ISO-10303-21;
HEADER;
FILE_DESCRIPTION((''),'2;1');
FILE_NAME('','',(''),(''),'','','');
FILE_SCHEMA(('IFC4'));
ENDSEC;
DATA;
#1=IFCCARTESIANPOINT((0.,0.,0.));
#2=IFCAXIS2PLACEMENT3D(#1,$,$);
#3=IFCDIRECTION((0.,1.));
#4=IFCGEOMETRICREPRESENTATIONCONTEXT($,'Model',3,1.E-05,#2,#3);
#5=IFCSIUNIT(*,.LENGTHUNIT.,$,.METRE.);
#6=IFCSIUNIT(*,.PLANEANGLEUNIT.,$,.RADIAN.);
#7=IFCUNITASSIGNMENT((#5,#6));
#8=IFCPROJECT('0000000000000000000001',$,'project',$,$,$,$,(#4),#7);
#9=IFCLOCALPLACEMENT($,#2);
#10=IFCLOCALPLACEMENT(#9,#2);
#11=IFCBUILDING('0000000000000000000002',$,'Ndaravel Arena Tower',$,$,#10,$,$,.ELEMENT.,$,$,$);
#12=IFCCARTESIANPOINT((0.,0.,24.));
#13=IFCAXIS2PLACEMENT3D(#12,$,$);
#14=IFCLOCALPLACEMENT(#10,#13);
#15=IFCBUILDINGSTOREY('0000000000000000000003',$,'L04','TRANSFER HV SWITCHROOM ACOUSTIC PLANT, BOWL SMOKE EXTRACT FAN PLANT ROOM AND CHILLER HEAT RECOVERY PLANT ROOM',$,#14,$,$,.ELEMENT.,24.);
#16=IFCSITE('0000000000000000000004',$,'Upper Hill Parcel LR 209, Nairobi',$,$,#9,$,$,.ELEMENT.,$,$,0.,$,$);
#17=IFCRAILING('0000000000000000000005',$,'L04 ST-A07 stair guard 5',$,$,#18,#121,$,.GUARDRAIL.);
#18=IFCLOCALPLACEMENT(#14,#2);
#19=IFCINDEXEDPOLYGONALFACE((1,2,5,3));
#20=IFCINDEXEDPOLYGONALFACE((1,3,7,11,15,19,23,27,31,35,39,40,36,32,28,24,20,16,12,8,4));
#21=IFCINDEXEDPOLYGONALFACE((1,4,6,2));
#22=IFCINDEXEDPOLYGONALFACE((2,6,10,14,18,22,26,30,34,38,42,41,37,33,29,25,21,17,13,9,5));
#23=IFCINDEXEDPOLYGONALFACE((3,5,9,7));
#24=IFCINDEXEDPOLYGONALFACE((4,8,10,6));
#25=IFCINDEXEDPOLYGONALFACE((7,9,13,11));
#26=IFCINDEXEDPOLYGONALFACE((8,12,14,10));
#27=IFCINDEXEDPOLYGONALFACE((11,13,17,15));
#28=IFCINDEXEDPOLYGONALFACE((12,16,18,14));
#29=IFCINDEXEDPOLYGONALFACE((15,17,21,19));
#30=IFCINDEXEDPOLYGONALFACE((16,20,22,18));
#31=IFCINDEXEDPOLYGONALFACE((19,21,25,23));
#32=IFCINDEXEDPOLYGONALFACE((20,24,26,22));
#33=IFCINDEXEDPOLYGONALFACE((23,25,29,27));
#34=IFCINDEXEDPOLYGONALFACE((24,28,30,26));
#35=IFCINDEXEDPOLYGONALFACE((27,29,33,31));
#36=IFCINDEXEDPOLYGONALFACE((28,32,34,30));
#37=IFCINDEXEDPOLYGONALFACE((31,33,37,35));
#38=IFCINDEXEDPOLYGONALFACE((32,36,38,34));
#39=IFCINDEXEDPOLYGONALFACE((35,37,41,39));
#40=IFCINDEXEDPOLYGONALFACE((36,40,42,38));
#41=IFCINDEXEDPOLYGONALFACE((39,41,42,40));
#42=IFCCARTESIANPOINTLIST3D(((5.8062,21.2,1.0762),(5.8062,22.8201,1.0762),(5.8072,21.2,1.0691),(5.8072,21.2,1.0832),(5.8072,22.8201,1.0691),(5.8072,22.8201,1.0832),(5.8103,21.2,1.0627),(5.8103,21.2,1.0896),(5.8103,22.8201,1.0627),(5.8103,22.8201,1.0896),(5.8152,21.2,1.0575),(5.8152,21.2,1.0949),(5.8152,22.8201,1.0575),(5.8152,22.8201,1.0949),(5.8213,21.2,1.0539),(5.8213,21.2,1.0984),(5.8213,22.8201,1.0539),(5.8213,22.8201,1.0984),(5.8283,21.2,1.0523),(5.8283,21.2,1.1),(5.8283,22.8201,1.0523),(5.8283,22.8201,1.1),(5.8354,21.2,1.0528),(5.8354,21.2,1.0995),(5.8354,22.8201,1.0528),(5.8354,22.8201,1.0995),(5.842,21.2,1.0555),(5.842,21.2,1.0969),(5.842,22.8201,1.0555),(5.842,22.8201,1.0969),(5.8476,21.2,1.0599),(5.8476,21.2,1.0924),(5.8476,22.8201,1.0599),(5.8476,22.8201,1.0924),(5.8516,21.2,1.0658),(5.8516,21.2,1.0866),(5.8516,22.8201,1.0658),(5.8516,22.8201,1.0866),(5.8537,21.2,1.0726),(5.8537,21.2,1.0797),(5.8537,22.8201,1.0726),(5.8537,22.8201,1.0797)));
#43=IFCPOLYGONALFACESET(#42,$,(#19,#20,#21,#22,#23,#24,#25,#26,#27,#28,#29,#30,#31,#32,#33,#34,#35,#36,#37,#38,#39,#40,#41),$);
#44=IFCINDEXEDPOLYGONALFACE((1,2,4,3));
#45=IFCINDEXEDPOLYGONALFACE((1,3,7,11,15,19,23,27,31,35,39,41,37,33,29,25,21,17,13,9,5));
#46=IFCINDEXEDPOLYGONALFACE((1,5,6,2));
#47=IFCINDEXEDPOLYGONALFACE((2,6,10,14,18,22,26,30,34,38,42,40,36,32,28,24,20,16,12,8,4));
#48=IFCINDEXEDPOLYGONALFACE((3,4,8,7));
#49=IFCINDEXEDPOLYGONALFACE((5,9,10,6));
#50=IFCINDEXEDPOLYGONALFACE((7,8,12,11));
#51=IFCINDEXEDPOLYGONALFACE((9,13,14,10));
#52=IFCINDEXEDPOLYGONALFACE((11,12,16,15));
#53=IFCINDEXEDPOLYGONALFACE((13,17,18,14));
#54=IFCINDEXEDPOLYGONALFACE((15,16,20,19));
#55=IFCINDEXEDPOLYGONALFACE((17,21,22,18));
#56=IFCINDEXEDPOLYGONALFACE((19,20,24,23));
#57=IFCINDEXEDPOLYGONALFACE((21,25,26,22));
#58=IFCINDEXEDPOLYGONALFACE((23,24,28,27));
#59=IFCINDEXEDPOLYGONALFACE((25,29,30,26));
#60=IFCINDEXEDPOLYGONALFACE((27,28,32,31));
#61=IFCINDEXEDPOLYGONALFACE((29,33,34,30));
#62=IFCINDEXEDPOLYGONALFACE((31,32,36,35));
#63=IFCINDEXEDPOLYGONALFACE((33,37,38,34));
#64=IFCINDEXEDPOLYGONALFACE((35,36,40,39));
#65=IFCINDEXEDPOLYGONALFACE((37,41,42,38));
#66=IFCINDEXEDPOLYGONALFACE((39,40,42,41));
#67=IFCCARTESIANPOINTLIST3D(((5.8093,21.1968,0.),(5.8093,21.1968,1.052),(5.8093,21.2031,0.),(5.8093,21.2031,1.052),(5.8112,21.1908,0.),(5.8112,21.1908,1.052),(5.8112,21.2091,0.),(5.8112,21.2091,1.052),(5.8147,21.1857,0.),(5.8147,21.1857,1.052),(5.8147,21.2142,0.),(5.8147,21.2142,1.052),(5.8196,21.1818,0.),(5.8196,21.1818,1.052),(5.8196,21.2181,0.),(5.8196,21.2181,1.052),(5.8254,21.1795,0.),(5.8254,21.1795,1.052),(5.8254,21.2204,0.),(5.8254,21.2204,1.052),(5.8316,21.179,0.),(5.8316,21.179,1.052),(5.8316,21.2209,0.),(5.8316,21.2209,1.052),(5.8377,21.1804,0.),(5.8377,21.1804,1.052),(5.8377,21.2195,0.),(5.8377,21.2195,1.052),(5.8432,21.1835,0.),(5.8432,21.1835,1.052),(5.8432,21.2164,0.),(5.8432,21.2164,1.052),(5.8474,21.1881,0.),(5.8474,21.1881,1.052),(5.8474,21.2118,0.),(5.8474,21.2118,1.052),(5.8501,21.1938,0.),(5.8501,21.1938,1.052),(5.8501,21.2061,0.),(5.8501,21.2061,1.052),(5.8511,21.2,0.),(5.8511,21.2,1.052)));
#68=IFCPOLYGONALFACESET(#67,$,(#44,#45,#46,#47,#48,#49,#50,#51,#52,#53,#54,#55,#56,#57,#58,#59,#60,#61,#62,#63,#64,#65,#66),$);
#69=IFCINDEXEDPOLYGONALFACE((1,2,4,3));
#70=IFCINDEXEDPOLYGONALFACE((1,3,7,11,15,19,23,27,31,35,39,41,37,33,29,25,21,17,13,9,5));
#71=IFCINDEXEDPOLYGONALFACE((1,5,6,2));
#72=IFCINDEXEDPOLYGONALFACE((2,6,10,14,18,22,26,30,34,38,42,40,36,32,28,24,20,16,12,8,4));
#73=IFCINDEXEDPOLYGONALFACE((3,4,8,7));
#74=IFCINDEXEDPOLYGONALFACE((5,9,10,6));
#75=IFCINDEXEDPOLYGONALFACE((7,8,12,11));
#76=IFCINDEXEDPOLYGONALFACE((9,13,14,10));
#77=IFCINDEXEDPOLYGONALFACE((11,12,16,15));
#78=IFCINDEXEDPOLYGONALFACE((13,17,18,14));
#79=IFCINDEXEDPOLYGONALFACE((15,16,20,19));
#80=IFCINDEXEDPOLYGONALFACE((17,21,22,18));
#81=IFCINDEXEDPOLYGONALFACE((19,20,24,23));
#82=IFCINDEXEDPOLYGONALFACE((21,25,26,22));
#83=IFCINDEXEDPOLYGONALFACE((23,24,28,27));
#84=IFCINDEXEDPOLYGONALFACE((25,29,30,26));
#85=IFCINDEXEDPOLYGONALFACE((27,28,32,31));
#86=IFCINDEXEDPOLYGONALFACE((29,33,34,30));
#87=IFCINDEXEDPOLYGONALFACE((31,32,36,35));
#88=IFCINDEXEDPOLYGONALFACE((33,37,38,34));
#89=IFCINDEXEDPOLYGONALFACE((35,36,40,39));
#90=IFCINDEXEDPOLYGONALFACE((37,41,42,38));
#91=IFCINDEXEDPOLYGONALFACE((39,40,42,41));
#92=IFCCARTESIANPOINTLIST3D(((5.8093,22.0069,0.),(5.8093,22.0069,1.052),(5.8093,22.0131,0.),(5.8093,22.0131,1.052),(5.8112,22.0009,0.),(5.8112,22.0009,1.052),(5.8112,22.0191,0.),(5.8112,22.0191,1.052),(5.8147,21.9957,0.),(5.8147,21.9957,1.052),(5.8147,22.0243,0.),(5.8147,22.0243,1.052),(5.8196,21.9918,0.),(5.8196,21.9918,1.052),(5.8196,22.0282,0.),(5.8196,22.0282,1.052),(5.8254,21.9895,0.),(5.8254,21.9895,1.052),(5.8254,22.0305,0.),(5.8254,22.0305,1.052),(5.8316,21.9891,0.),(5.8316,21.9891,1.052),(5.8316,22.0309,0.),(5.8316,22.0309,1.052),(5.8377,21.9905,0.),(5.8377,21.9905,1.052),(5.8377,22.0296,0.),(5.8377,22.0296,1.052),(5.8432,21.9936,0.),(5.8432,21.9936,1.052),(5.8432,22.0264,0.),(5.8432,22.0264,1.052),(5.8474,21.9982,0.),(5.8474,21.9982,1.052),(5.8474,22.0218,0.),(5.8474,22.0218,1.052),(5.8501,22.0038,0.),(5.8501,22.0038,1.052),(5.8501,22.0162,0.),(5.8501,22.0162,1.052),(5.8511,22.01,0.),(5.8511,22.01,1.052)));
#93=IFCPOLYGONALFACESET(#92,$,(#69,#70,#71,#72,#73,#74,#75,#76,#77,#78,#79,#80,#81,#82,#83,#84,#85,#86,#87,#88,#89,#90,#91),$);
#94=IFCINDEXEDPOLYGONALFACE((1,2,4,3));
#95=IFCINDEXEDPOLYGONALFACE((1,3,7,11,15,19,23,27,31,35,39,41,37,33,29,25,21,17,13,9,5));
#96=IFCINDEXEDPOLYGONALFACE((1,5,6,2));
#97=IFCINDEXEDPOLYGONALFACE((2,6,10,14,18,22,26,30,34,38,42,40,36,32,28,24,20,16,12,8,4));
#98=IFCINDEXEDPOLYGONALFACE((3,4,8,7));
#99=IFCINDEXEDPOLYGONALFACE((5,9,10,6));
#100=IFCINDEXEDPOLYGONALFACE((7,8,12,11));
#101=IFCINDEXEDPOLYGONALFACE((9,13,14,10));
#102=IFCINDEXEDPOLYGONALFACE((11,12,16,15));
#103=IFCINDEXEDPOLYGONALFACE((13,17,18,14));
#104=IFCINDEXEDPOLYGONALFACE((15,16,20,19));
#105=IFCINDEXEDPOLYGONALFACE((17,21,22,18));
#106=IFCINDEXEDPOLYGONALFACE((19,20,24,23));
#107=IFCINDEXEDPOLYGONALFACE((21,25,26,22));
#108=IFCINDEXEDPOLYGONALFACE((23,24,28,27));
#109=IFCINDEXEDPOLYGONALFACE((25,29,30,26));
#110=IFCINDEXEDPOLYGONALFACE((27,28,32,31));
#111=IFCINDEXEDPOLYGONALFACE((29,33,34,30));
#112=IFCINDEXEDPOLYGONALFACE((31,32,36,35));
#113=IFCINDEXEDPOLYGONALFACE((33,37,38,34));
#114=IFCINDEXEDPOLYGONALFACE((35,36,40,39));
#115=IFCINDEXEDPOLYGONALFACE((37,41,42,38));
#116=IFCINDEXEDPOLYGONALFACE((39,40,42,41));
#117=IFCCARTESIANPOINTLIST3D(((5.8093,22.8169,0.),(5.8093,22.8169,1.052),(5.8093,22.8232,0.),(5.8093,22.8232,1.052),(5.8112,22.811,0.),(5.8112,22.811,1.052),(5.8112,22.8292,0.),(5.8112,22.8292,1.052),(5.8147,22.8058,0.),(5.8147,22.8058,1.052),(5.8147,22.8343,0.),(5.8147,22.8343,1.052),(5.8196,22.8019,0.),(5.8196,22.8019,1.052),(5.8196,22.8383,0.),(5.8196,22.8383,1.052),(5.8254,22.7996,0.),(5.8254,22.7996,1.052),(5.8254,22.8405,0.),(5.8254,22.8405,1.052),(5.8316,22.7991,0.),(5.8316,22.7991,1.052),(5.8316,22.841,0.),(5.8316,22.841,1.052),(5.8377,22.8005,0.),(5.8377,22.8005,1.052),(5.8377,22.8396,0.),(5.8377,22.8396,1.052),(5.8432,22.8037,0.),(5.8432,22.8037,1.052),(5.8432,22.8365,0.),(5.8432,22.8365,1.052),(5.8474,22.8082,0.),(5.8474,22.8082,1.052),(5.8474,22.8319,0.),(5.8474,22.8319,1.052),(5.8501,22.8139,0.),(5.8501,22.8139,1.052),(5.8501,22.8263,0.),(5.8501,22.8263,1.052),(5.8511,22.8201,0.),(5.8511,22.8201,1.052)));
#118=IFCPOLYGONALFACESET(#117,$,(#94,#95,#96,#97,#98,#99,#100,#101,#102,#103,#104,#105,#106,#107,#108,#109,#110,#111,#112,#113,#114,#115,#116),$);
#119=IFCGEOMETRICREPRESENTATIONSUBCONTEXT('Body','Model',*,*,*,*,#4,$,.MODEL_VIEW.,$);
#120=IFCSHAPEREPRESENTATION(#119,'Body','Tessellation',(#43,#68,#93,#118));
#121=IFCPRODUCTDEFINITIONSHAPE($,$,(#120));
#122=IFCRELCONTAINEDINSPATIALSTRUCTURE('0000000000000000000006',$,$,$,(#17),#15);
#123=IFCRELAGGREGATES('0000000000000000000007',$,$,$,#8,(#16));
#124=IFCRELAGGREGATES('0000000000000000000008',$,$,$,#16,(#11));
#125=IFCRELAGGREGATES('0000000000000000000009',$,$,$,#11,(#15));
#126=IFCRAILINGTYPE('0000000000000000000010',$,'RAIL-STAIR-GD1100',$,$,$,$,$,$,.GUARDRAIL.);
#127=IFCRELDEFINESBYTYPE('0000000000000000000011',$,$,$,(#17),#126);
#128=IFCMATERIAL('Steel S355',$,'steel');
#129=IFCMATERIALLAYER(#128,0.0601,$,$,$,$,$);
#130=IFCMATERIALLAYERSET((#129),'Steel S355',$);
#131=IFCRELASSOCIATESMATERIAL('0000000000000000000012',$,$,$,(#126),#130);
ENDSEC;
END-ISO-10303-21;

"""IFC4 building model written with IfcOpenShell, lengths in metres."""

from ifc_helpers import new_model, si_unit, direction, frame, origin, origin_2d, place, context, subcontext, project, spatial, circle, extrude, material, layer, layer_set, type_object, element, save


model = new_model("IFC4")

# Units and contexts
model_context = context("Model", 3, precision=1e-05, world=origin(), true_north=direction((0.0, 1.0)))
body_context = subcontext(model_context, "Body", "Model", "MODEL_VIEW")
ifc_project = project(units=[si_unit("LENGTHUNIT", "METRE"), si_unit("PLANEANGLEUNIT", "RADIAN")], contexts=[model_context])

# Site, building, storey
site_placement = place(None, origin())
site = spatial("IfcSite", under=ifc_project, at=site_placement, Name="Upper Hill Parcel LR 209, Nairobi", CompositionType="ELEMENT", RefElevation=0.0)
building_placement = place(site_placement, origin())
building = spatial("IfcBuilding", under=site, at=building_placement, Name="Ndaravel Arena Tower", CompositionType="ELEMENT")
storey_placement = place(building_placement, frame((0.0, 0.0, 24.0)))
storey = spatial("IfcBuildingStorey", under=building, at=storey_placement, Name="L04", Description="TRANSFER HV SWITCHROOM ACOUSTIC PLANT, BOWL SMOKE EXTRACT FAN PLANT ROOM AND CHILLER HEAT RECOVERY PLANT ROOM", CompositionType="ELEMENT", Elevation=24.0)

# Railing
ifc_material_1 = material(Name="Steel S355", Category="steel")
ifc_layer_1 = layer(ifc_material_1, 0.0601)
ifc_layer_set_1 = layer_set([ifc_layer_1], Name="Steel S355")
railing_type = type_object("IfcRailingType", Name="RAIL-STAIR-GD1100", PredefinedType="GUARDRAIL", material=ifc_layer_set_1)
for number, where, name in (
    (1, (5.8301, 21.2, 0.0), "L04 ST-A07 stair guard 5"),
):
    element("IfcRailing", number, at=place(storey_placement, frame(where)), inside=storey, type_object=railing_type, Name=name, PredefinedType="GUARDRAIL", context=body_context, shape_type="SweptSolid", body=[
        extrude(circle(Radius=0.0239, at=origin_2d()), frame((0.0, 0.0, 1.0762), z_axis=(0.0, 1.0, 0.0), x_axis=(-1.0, 0.0, 0.0)), (0.0, 0.0, 1.0), 1.6201),
        extrude(circle(Radius=0.021, at=origin_2d()), origin(), (0.0, 0.0, 1.0), 1.052),
        extrude(circle(Radius=0.021, at=origin_2d()), frame((0.0, 0.8101, 0.0)), (0.0, 0.0, 1.0), 1.052),
        extrude(circle(Radius=0.021, at=origin_2d()), frame((0.0, 1.6201, 0.0)), (0.0, 0.0, 1.0), 1.052),
    ])

save(model, "model.ifc")
